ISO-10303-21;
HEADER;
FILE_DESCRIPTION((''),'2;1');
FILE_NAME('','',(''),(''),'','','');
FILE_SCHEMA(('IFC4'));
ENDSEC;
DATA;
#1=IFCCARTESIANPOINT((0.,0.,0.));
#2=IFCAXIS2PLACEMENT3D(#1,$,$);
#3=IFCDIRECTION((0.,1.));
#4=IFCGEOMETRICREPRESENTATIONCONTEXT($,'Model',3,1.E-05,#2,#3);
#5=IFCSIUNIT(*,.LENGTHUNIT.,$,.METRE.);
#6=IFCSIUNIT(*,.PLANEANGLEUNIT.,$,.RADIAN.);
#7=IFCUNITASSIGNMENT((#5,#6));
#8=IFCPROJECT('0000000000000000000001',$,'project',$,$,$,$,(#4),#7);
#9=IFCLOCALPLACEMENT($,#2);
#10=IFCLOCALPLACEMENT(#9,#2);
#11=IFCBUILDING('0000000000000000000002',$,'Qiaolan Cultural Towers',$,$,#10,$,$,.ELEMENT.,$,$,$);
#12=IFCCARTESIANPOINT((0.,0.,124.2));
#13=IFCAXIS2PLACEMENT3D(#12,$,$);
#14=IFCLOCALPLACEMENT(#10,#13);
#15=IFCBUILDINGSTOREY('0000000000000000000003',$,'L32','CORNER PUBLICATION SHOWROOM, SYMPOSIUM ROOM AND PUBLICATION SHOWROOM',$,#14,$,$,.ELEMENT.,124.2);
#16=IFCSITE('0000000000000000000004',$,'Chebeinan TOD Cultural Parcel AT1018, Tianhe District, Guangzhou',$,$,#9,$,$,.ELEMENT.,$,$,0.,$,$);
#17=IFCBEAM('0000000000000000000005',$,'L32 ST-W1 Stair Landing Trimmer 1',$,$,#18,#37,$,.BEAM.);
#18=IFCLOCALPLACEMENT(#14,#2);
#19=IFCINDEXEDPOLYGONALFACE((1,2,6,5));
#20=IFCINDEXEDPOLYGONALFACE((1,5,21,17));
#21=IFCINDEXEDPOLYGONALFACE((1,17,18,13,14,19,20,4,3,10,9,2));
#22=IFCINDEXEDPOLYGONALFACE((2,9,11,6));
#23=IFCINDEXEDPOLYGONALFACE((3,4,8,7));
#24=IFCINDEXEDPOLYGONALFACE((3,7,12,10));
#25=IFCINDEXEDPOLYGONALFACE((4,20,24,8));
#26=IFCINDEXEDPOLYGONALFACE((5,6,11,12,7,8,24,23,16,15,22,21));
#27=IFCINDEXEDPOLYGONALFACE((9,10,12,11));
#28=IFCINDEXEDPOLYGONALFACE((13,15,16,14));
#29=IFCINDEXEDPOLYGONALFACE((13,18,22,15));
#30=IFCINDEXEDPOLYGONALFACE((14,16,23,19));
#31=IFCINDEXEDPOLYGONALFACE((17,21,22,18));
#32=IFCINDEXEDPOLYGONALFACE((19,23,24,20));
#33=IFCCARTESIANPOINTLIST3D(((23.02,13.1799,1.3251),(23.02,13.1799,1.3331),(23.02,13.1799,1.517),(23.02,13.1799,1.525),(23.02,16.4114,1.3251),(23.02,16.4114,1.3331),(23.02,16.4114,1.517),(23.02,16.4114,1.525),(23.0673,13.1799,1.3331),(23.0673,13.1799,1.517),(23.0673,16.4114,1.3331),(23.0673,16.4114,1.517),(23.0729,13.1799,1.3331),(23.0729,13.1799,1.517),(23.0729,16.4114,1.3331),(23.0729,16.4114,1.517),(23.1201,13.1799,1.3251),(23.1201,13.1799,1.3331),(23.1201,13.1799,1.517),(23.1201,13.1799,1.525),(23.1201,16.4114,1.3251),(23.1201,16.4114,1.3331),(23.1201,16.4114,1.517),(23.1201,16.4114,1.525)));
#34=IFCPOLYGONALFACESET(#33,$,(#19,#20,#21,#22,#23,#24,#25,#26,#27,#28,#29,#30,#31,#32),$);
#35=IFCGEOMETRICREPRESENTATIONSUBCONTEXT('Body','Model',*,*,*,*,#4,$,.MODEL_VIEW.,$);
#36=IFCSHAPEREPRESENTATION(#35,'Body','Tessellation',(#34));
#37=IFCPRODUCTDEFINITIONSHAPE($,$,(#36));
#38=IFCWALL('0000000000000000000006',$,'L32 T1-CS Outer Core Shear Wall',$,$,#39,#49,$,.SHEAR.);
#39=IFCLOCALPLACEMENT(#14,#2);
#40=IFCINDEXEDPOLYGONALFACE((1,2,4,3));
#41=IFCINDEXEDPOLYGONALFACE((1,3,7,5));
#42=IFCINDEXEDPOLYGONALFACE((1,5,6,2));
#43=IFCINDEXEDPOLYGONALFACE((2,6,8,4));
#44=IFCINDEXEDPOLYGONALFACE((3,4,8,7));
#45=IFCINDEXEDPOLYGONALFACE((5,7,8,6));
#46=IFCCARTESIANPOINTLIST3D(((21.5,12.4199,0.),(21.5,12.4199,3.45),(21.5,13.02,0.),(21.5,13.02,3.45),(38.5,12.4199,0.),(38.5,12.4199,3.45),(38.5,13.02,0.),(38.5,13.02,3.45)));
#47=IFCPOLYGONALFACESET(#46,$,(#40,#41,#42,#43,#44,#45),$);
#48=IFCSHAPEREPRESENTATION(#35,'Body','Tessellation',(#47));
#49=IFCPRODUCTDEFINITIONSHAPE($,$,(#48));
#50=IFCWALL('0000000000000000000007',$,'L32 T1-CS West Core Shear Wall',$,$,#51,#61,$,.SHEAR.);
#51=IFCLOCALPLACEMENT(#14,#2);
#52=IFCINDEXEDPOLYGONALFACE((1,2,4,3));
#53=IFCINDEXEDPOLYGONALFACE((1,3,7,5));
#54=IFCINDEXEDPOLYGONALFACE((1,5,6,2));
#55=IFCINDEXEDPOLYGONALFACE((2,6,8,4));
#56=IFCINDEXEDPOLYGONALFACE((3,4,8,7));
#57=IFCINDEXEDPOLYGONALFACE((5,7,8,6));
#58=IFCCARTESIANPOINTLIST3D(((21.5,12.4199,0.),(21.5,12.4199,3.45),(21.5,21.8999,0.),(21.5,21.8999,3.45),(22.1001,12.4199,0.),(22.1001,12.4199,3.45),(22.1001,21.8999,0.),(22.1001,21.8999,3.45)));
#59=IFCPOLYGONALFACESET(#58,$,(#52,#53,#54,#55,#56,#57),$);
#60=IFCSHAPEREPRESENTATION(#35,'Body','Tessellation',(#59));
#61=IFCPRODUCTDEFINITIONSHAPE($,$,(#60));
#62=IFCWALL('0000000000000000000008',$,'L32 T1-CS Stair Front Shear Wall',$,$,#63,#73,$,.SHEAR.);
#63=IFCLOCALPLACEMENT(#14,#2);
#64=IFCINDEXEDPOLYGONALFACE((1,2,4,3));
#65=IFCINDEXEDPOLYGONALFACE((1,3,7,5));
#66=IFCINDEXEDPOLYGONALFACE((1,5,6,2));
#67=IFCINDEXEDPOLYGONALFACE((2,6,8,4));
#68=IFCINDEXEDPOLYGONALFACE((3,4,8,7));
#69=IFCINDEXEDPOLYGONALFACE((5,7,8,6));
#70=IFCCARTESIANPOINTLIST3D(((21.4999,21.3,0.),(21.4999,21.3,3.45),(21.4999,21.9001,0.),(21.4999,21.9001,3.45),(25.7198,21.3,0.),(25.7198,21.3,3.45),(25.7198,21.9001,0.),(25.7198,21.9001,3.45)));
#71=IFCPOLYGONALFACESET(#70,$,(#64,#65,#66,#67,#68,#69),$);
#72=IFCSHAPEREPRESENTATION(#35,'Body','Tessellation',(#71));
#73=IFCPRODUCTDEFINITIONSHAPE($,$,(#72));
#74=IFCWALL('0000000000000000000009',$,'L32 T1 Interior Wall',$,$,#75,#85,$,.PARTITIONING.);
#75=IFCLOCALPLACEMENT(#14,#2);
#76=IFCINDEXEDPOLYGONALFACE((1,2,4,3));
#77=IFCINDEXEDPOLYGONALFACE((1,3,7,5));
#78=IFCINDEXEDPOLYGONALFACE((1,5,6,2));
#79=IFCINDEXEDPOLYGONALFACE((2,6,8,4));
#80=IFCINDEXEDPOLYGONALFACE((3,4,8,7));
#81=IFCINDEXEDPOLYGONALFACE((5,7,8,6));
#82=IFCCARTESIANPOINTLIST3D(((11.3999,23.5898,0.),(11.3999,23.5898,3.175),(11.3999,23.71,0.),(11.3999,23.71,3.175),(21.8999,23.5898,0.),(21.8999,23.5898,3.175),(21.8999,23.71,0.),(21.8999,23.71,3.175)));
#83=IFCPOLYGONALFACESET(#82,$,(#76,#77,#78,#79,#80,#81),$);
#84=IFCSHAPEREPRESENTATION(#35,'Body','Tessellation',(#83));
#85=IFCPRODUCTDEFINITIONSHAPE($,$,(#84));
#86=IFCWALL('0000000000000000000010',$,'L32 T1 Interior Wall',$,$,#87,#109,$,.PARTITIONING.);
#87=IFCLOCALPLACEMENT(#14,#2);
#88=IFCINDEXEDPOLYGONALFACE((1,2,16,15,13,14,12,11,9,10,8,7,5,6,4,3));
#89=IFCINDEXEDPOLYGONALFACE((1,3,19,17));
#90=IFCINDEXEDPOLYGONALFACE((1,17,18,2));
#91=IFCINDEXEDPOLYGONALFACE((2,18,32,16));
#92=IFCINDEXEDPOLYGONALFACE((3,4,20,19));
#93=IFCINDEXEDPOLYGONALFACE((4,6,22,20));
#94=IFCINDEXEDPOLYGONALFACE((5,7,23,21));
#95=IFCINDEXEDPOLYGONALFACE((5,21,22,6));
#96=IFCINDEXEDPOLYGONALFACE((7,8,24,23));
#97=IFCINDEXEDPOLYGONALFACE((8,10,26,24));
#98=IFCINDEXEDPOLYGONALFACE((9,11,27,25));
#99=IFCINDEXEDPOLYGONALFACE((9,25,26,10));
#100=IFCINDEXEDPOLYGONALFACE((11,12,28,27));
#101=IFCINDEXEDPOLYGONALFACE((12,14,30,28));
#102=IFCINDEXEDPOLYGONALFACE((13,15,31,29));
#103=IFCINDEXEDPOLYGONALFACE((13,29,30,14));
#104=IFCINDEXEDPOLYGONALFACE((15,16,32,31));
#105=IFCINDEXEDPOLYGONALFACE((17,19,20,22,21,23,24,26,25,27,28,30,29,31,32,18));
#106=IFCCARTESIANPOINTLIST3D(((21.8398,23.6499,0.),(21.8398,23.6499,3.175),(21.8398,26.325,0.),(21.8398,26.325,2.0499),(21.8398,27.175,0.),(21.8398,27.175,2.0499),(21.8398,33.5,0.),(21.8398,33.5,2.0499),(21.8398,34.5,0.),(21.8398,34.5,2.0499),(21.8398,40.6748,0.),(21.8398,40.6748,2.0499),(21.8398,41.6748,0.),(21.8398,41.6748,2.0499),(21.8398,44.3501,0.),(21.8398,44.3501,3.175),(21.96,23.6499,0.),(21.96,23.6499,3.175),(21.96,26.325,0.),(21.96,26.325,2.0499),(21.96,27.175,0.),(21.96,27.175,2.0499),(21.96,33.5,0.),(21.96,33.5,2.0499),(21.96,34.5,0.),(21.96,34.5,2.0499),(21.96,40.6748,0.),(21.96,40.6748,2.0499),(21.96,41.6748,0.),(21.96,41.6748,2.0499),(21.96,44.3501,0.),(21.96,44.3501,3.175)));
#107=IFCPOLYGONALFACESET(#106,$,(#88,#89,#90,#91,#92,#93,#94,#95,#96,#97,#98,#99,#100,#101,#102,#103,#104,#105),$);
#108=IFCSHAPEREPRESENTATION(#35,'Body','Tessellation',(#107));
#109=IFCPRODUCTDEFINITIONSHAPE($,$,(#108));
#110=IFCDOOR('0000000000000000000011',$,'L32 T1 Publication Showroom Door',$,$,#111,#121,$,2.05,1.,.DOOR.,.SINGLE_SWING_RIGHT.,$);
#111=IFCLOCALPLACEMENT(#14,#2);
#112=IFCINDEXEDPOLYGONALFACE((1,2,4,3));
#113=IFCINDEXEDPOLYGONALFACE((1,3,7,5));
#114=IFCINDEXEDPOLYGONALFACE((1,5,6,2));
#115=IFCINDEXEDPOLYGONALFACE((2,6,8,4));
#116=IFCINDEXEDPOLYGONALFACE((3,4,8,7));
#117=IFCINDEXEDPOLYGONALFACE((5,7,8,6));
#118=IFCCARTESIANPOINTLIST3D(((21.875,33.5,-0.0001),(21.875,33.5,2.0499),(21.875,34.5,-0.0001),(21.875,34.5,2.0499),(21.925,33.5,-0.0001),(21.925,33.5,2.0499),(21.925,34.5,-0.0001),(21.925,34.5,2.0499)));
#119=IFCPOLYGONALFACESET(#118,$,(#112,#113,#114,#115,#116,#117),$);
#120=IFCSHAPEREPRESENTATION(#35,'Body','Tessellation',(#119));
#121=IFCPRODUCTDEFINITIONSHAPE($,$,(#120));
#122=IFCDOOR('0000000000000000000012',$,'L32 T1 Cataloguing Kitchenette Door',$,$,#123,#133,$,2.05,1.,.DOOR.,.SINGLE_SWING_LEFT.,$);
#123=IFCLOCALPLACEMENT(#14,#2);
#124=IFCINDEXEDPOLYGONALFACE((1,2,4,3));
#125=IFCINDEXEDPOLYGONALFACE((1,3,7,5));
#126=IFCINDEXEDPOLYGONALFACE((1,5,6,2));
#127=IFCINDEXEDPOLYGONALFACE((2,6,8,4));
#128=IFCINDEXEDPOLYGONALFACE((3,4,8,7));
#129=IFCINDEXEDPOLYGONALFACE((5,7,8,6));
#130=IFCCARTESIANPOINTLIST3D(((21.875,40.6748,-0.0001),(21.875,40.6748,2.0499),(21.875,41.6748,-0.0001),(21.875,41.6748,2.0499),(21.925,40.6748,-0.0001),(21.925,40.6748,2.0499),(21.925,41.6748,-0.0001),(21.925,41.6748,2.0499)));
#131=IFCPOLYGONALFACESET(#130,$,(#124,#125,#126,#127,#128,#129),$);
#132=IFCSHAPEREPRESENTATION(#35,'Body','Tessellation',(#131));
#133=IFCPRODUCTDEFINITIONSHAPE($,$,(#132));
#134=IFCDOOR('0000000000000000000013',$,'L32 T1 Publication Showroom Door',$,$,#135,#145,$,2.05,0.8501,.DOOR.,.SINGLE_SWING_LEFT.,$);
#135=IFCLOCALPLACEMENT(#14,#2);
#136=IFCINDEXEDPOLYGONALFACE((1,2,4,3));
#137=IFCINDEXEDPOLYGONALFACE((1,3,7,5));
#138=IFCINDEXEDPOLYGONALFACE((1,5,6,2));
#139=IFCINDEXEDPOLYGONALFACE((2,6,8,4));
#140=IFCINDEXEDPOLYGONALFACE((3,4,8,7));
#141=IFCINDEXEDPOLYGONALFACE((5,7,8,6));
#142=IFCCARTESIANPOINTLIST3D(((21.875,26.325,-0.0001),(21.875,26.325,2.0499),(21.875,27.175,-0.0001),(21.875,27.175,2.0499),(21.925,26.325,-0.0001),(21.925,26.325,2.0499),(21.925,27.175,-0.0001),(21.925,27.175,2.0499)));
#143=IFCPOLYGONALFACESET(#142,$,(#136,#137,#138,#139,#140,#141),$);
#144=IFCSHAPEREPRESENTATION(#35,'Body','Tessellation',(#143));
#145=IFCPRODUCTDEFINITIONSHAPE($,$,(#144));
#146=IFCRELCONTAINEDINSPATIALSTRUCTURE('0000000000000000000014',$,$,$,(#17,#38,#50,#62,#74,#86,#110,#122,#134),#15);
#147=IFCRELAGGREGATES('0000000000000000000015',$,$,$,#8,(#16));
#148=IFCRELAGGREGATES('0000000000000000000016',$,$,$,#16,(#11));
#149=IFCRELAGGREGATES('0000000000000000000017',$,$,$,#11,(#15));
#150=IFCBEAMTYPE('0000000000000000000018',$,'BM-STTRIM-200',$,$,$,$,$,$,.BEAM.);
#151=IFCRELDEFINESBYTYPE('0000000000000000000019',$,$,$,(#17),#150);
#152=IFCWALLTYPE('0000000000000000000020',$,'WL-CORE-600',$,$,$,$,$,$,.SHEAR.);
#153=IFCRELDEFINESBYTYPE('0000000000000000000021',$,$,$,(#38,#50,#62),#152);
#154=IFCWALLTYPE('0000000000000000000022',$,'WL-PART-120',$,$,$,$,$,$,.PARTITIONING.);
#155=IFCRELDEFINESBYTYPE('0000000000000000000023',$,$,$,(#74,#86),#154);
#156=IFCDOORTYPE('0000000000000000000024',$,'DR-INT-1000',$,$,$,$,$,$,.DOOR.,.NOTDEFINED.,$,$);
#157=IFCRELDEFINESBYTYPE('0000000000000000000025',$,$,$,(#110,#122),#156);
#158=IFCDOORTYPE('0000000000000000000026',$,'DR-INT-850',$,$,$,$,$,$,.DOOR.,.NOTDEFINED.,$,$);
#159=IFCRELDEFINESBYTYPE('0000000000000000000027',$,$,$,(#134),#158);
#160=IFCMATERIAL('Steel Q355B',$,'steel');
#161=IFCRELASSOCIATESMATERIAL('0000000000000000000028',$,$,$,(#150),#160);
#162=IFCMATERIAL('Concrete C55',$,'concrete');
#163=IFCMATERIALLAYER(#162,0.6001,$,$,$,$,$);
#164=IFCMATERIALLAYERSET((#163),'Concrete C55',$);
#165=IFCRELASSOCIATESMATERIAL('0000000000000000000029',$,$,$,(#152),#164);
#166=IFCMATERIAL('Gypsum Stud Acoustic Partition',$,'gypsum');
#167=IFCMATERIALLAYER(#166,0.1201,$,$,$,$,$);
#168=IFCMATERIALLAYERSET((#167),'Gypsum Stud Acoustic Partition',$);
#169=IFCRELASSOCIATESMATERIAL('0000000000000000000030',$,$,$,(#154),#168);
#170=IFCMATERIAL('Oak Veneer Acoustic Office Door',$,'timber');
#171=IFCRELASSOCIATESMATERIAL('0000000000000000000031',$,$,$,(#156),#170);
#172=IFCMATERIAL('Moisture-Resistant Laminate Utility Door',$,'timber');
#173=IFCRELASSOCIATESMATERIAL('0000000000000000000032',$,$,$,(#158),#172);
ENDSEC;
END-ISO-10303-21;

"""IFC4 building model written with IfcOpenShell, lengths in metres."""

from ifc_helpers import new_model, si_unit, direction, frame, frame_2d, origin, origin_2d, place, context, subcontext, project, spatial, rectangle, i_section, extrude, material, layer, layer_set, material_profile, profile_set, type_object, element, fill, save


model = new_model("IFC4")

# Units and contexts
model_context = context("Model", 3, precision=1e-05, world=origin(), true_north=direction((0.0, 1.0)))
body_context = subcontext(model_context, "Body", "Model", "MODEL_VIEW")
ifc_project = project(units=[si_unit("LENGTHUNIT", "METRE"), si_unit("PLANEANGLEUNIT", "RADIAN")], contexts=[model_context])

# Site, building, storey
site_placement = place(None, origin())
site = spatial("IfcSite", under=ifc_project, at=site_placement, Name="Chebeinan TOD Cultural Parcel AT1018, Tianhe District, Guangzhou", CompositionType="ELEMENT", RefElevation=0.0)
building_placement = place(site_placement, origin())
building = spatial("IfcBuilding", under=site, at=building_placement, Name="Qiaolan Cultural Towers", CompositionType="ELEMENT")
storey_placement = place(building_placement, frame((0.0, 0.0, 124.2)))
storey = spatial("IfcBuildingStorey", under=building, at=storey_placement, Name="L32", Description="CORNER PUBLICATION SHOWROOM, SYMPOSIUM ROOM AND PUBLICATION SHOWROOM", CompositionType="ELEMENT", Elevation=124.2)

# Beam
ifc_material_1 = material(Name="Steel Q355B", Category="steel")
ifc_material_profile_1 = material_profile(ifc_material_1, i_section(OverallWidth=0.1001, OverallDepth=0.2, WebThickness=0.0056, FlangeThickness=0.0081, at=origin_2d()), Name="HN200x100x5.5x8")
ifc_profile_set_1 = profile_set([ifc_material_profile_1], Name="Steel Q355B")
beam_type_1 = type_object("IfcBeamType", Name="BM-STTRIM-200", PredefinedType="BEAM", material=ifc_profile_set_1)
beam_1_placement = place(storey_placement, frame((23.0701, 16.4114, 1.425), z_axis=(0.0, -1.0, 0.0), x_axis=(1.0, 0.0, 0.0)))
element("IfcBeam", 1, at=beam_1_placement, inside=storey, type_object=beam_type_1, Name="L32 ST-W1 Stair Landing Trimmer 1", PredefinedType="BEAM", context=body_context, shape_type="SweptSolid", body=[
    extrude(i_section(OverallWidth=0.1001, OverallDepth=0.2, WebThickness=0.0056, FlangeThickness=0.0081, at=origin_2d()), origin(), (0.0, 0.0, 1.0), 3.2314),
])

# Walls
ifc_material_2 = material(Name="Concrete C55", Category="concrete")
ifc_layer_1 = layer(ifc_material_2, 0.6001)
ifc_layer_set_1 = layer_set([ifc_layer_1], Name="Concrete C55")
wall_type_1 = type_object("IfcWallType", Name="WL-CORE-600", PredefinedType="SHEAR", material=ifc_layer_set_1)
wall_1_placement = place(storey_placement, frame((21.5, 12.72, 0.0), z_axis=(0.0, 0.0, 1.0), x_axis=(1.0, 0.0, 0.0)))
element("IfcWall", 2, at=wall_1_placement, inside=storey, type_object=wall_type_1, Name="L32 T1-CS Outer Core Shear Wall", PredefinedType="SHEAR", context=body_context, shape_type="SweptSolid", body=[
    extrude(rectangle(XDim=17.0, YDim=0.6001, at=frame_2d((8.5, 0.0))), origin(), (0.0, 0.0, 1.0), 3.45),
])
wall_2_placement = place(storey_placement, frame((21.8, 21.8999, 0.0), z_axis=(0.0, 0.0, 1.0), x_axis=(0.0, -1.0, 0.0)))
element("IfcWall", 3, at=wall_2_placement, inside=storey, type_object=wall_type_1, Name="L32 T1-CS West Core Shear Wall", PredefinedType="SHEAR", context=body_context, shape_type="SweptSolid", body=[
    extrude(rectangle(XDim=9.48, YDim=0.6001, at=frame_2d((4.74, 0.0))), origin(), (0.0, 0.0, 1.0), 3.45),
])
wall_3_placement = place(storey_placement, frame((21.5, 21.6001, 0.0), z_axis=(0.0, 0.0, 1.0), x_axis=(1.0, 0.0, 0.0)))
element("IfcWall", 4, at=wall_3_placement, inside=storey, type_object=wall_type_1, Name="L32 T1-CS Stair Front Shear Wall", PredefinedType="SHEAR", context=body_context, shape_type="SweptSolid", body=[
    extrude(rectangle(XDim=4.22, YDim=0.6001, at=frame_2d((2.1099, 0.0))), origin(), (0.0, 0.0, 1.0), 3.45),
])
ifc_material_3 = material(Name="Gypsum Stud Acoustic Partition", Category="gypsum")
ifc_layer_2 = layer(ifc_material_3, 0.1201)
ifc_layer_set_2 = layer_set([ifc_layer_2], Name="Gypsum Stud Acoustic Partition")
wall_type_2 = type_object("IfcWallType", Name="WL-PART-120", PredefinedType="PARTITIONING", material=ifc_layer_set_2)
wall_4_placement = place(storey_placement, frame((11.3999, 23.6499, 0.0), z_axis=(0.0, 0.0, 1.0), x_axis=(1.0, 0.0, 0.0)))
element("IfcWall", 5, at=wall_4_placement, inside=storey, type_object=wall_type_2, Name="L32 T1 Interior Wall", PredefinedType="PARTITIONING", context=body_context, shape_type="SweptSolid", body=[
    extrude(rectangle(XDim=10.5, YDim=0.1201, at=frame_2d((5.25, 0.0))), origin(), (0.0, 0.0, 1.0), 3.175),
])

# Wall, openings, doors
wall_5_placement = place(storey_placement, frame((21.8999, 23.6499, 0.0), z_axis=(0.0, 0.0, 1.0), x_axis=(0.0, 1.0, 0.0)))
wall_5 = element("IfcWall", 6, at=wall_5_placement, inside=storey, type_object=wall_type_2, Name="L32 T1 Interior Wall", PredefinedType="PARTITIONING", context=body_context, shape_type="SweptSolid", body=[
    extrude(rectangle(XDim=20.7002, YDim=0.1201, at=frame_2d((10.3501, 0.0))), origin(), (0.0, 0.0, 1.0), 3.175),
])
opening_1_placement = place(wall_5_placement, frame((2.675, 0.0, 0.0)))
opening_1 = element("IfcOpeningElement", 7, at=opening_1_placement, cuts=wall_5, PredefinedType="OPENING", context=body_context, shape_type="SweptSolid", body=[
    extrude(rectangle(XDim=0.8501, YDim=2.05, at=frame_2d((0.425, 1.0249))), frame((0.0, 0.0701, 0.0), z_axis=(0.0, -1.0, 0.0), x_axis=(1.0, 0.0, 0.0)), (0.0, 0.0, 1.0), 0.1401),
])
opening_2_placement = place(wall_5_placement, frame((9.8501, 0.0, 0.0)))
opening_2 = element("IfcOpeningElement", 8, at=opening_2_placement, cuts=wall_5, PredefinedType="OPENING", context=body_context, shape_type="SweptSolid", body=[
    extrude(rectangle(XDim=1.0, YDim=2.05, at=frame_2d((0.5, 1.0249))), frame((0.0, 0.0701, 0.0), z_axis=(0.0, -1.0, 0.0), x_axis=(1.0, 0.0, 0.0)), (0.0, 0.0, 1.0), 0.1401),
])
opening_3_placement = place(wall_5_placement, frame((17.0249, 0.0, 0.0)))
opening_3 = element("IfcOpeningElement", 9, at=opening_3_placement, cuts=wall_5, PredefinedType="OPENING", context=body_context, shape_type="SweptSolid", body=[
    extrude(rectangle(XDim=1.0, YDim=2.05, at=frame_2d((0.5, 1.0249))), frame((0.0, 0.0701, 0.0), z_axis=(0.0, -1.0, 0.0), x_axis=(1.0, 0.0, 0.0)), (0.0, 0.0, 1.0), 0.1401),
])
ifc_material_4 = material(Name="Oak Veneer Acoustic Office Door", Category="timber")
door_type_1 = type_object("IfcDoorType", Name="DR-INT-1000", OperationType="NOTDEFINED", PredefinedType="DOOR", material=ifc_material_4)
door_1_placement = place(opening_2_placement, origin())
door_1 = element("IfcDoor", 10, at=door_1_placement, inside=storey, type_object=door_type_1, Name="L32 T1 Publication Showroom Door", OperationType="SINGLE_SWING_RIGHT", OverallHeight=2.05, OverallWidth=1.0, PredefinedType="DOOR", context=body_context, shape_type="SweptSolid", body=[
    extrude(rectangle(XDim=1.0, YDim=2.05, at=frame_2d((0.5, 1.0249))), frame((0.0, 0.0249, 0.0), z_axis=(0.0, -1.0, 0.0), x_axis=(1.0, 0.0, 0.0)), (0.0, 0.0, 1.0), 0.05),
])
fill(opening_2, door_1)
door_2_placement = place(opening_3_placement, origin())
door_2 = element("IfcDoor", 11, at=door_2_placement, inside=storey, type_object=door_type_1, Name="L32 T1 Cataloguing Kitchenette Door", OperationType="SINGLE_SWING_LEFT", OverallHeight=2.05, OverallWidth=1.0, PredefinedType="DOOR", context=body_context, shape_type="SweptSolid", body=[
    extrude(rectangle(XDim=1.0, YDim=2.05, at=frame_2d((0.5, 1.0249))), frame((0.0, 0.0249, 0.0), z_axis=(0.0, -1.0, 0.0), x_axis=(1.0, 0.0, 0.0)), (0.0, 0.0, 1.0), 0.05),
])
fill(opening_3, door_2)
ifc_material_5 = material(Name="Moisture-Resistant Laminate Utility Door", Category="timber")
door_type_2 = type_object("IfcDoorType", Name="DR-INT-850", OperationType="NOTDEFINED", PredefinedType="DOOR", material=ifc_material_5)
door_3_placement = place(opening_1_placement, origin())
door_3 = element("IfcDoor", 12, at=door_3_placement, inside=storey, type_object=door_type_2, Name="L32 T1 Publication Showroom Door", OperationType="SINGLE_SWING_LEFT", OverallHeight=2.05, OverallWidth=0.8501, PredefinedType="DOOR", context=body_context, shape_type="SweptSolid", body=[
    extrude(rectangle(XDim=0.8501, YDim=2.05, at=frame_2d((0.425, 1.0249))), frame((0.0, 0.0249, 0.0), z_axis=(0.0, -1.0, 0.0), x_axis=(1.0, 0.0, 0.0)), (0.0, 0.0, 1.0), 0.05),
])
fill(opening_1, door_3)

save(model, "model.ifc")
